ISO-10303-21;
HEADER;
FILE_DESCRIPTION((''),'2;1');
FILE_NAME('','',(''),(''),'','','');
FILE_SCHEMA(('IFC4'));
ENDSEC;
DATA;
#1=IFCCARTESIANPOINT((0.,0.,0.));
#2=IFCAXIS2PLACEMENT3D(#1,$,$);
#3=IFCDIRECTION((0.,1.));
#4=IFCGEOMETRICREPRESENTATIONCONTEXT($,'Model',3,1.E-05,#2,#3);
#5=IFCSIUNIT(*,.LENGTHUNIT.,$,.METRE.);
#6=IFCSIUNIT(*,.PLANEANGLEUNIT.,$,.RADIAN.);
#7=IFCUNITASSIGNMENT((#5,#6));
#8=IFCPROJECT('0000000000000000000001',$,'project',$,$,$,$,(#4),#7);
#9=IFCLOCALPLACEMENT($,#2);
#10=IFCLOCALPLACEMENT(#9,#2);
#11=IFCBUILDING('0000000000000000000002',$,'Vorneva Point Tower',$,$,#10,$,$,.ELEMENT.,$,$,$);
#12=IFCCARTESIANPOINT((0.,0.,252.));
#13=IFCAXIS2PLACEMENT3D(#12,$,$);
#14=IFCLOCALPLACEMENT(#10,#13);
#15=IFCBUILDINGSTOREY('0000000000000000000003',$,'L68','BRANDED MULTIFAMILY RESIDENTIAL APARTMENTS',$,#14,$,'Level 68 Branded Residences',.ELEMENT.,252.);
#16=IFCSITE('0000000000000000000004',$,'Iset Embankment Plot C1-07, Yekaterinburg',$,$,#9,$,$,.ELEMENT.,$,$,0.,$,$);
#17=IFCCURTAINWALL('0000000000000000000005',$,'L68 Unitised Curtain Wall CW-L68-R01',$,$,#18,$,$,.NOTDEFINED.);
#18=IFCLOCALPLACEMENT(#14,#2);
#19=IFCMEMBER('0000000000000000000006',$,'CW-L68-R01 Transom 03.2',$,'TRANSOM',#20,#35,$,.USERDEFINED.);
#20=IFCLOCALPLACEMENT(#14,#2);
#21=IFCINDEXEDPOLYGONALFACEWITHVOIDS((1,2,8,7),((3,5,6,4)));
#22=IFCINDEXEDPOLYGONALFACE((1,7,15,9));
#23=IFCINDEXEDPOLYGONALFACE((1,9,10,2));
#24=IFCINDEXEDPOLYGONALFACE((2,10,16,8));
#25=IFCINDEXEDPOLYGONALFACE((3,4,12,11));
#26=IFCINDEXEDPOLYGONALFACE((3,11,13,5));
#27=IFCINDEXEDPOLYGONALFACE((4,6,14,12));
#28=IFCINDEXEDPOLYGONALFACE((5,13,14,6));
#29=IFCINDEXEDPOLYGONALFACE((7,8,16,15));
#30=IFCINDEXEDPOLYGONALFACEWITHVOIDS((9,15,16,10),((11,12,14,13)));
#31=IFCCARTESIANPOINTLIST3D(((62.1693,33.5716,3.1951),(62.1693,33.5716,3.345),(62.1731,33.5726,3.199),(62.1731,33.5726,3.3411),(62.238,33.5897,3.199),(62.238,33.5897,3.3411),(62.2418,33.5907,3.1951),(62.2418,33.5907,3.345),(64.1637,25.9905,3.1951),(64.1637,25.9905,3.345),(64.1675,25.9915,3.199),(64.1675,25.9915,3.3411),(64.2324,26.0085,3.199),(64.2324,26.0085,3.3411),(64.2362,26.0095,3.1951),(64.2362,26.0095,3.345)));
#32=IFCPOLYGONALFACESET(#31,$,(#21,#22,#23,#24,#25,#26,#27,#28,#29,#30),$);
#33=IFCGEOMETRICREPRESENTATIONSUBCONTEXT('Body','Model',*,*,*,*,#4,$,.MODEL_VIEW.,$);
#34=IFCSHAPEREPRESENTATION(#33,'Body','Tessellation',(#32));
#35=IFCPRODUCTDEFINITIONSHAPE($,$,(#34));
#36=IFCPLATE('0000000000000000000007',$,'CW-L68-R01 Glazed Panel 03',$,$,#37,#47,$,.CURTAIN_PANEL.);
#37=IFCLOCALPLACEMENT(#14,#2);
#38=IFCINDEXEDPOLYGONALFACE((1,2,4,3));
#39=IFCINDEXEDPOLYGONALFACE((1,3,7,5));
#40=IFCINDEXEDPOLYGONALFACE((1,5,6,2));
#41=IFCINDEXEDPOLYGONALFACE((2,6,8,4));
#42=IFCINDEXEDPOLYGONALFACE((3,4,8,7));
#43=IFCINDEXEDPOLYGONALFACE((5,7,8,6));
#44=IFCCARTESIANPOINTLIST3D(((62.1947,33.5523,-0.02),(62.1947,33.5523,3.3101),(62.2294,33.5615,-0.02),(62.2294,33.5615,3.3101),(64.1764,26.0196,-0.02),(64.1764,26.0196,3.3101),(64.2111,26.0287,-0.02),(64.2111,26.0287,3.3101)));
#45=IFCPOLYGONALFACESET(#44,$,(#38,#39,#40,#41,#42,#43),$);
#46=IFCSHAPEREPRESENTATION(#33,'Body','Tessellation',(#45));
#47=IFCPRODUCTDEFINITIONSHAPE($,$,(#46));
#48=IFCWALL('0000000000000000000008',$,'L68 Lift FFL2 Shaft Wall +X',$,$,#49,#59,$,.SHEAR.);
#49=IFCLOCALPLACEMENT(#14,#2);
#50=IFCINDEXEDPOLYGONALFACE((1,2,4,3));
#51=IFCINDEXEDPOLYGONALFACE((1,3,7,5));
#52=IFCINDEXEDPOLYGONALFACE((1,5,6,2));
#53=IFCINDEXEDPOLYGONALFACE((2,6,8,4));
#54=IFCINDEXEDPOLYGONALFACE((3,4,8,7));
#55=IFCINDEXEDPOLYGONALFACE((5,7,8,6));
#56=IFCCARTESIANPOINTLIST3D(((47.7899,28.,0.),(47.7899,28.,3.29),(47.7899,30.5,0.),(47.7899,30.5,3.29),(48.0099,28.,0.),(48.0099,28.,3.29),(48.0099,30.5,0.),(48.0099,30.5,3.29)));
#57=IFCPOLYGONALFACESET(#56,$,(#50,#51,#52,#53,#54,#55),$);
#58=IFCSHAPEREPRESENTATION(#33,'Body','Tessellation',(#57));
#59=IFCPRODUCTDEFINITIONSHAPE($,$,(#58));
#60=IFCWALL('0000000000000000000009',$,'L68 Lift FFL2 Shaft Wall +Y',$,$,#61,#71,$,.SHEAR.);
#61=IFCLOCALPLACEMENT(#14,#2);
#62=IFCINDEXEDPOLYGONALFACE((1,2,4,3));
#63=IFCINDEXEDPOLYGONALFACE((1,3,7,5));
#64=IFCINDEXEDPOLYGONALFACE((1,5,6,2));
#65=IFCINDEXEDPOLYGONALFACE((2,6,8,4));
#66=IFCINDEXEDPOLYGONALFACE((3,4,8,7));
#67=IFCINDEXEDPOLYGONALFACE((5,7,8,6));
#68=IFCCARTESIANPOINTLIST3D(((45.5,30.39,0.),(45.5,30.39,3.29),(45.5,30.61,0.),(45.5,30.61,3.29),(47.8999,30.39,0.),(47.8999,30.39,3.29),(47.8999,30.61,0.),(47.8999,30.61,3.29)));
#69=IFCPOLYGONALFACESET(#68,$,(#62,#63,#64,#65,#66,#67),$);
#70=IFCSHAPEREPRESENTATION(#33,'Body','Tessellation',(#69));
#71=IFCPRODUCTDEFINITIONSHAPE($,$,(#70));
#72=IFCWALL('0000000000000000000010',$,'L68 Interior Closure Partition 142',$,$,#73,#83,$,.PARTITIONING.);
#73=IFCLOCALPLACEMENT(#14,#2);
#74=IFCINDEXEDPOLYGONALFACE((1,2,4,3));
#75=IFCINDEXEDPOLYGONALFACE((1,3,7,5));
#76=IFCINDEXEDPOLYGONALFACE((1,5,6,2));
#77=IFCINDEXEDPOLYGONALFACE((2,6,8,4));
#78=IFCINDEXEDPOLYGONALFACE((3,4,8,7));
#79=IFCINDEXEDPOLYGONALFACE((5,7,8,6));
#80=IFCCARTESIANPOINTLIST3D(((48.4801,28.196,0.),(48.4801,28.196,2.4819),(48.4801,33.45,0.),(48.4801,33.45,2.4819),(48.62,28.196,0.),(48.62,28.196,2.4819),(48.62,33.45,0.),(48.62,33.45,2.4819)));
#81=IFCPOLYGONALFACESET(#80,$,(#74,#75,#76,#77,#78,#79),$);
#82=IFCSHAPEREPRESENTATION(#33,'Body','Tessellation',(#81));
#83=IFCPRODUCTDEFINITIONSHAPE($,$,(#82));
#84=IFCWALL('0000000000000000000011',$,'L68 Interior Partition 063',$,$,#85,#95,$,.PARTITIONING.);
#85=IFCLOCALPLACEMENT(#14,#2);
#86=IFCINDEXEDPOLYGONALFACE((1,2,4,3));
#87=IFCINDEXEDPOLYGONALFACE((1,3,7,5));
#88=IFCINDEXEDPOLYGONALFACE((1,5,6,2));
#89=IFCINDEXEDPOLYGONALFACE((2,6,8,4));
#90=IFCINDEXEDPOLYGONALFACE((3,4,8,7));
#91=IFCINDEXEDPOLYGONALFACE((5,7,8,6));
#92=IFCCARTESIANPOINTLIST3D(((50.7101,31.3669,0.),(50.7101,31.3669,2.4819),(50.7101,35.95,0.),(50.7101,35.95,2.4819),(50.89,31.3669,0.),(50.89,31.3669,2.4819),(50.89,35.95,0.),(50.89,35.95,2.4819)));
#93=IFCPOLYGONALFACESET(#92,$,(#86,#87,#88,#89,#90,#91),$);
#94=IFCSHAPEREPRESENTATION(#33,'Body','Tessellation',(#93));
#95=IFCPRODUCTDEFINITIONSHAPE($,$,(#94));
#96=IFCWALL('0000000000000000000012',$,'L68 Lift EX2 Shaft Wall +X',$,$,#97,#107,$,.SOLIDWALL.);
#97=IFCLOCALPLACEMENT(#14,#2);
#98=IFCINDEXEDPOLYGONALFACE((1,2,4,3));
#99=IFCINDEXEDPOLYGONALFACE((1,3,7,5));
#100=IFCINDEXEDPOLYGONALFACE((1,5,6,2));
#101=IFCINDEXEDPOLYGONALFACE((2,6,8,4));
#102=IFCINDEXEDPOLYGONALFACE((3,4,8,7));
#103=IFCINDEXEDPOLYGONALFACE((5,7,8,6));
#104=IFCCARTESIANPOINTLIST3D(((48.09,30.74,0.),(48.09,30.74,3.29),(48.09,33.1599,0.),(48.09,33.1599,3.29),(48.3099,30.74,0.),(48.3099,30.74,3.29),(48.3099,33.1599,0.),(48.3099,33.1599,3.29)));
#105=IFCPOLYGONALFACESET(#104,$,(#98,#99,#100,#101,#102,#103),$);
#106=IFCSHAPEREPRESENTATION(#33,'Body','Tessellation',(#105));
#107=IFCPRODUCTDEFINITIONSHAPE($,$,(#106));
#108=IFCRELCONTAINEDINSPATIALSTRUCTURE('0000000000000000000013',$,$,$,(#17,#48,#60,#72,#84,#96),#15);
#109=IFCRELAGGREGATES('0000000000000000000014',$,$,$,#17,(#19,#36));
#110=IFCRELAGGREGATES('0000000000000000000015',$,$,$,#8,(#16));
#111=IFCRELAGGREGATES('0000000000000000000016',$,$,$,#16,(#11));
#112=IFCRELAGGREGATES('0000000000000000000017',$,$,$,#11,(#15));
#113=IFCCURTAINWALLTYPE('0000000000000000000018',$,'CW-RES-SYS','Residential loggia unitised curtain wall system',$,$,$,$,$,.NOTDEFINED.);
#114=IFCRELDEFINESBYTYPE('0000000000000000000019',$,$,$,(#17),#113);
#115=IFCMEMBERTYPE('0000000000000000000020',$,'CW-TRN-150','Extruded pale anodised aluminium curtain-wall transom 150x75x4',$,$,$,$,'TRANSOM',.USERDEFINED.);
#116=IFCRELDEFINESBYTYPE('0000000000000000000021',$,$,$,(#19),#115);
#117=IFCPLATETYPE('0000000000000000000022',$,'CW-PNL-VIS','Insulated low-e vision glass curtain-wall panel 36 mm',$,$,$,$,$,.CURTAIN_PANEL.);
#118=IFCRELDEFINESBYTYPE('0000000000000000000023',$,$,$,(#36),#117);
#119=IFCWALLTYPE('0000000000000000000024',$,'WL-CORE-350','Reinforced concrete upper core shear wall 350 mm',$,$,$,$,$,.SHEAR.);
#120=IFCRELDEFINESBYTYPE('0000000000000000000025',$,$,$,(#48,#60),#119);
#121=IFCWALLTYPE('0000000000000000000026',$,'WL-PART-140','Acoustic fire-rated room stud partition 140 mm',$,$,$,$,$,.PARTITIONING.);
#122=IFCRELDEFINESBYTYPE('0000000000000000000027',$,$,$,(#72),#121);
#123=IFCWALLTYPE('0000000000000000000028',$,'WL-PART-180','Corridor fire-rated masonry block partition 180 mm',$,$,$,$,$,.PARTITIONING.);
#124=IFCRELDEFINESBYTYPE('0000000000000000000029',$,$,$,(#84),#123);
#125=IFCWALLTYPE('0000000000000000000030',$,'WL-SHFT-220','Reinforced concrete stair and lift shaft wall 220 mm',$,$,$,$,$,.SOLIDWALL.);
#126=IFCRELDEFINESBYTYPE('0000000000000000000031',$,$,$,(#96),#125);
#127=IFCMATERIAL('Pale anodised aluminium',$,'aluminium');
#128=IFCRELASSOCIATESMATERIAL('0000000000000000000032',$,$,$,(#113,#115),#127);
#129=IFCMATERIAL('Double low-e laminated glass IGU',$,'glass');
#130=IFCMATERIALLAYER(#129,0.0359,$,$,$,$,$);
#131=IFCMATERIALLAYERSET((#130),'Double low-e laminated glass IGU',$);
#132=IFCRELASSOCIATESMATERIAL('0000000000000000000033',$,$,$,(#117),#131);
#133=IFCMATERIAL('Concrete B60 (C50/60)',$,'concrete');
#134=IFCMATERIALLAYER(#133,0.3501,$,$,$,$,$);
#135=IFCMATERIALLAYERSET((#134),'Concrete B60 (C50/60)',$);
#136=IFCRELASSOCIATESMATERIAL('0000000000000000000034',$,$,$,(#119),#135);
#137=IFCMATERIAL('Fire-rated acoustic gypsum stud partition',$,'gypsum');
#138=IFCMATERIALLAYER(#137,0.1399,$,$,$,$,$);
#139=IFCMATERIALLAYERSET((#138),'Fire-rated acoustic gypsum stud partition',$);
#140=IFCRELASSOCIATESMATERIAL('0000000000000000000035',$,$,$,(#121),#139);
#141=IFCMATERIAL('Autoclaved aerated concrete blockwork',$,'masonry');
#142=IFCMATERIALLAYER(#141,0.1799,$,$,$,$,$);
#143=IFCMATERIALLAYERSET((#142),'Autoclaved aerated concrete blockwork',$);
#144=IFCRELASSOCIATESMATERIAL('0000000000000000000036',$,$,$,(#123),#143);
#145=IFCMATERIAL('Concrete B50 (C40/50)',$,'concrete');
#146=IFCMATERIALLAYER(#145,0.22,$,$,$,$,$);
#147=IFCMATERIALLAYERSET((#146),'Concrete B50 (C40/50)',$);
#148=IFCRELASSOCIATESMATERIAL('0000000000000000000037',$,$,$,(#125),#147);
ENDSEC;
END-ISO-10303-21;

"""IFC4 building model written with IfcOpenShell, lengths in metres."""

from ifc_helpers import new_model, si_unit, direction, frame, frame_2d, origin, origin_2d, place, context, subcontext, project, spatial, rectangle, hollow_rectangle, extrude, material, layer, layer_set, material_profile, profile_set, type_object, element, aggregate, save


model = new_model("IFC4")

# Units and contexts
model_context = context("Model", 3, precision=1e-05, world=origin(), true_north=direction((0.0, 1.0)))
body_context = subcontext(model_context, "Body", "Model", "MODEL_VIEW")
ifc_project = project(units=[si_unit("LENGTHUNIT", "METRE"), si_unit("PLANEANGLEUNIT", "RADIAN")], contexts=[model_context])

# Site, building, storey
site_placement = place(None, origin())
site = spatial("IfcSite", under=ifc_project, at=site_placement, Name="Iset Embankment Plot C1-07, Yekaterinburg", CompositionType="ELEMENT", RefElevation=0.0)
building_placement = place(site_placement, origin())
building = spatial("IfcBuilding", under=site, at=building_placement, Name="Vorneva Point Tower", CompositionType="ELEMENT")
storey_placement = place(building_placement, frame((0.0, 0.0, 252.0)))
storey = spatial("IfcBuildingStorey", under=building, at=storey_placement, Name="L68", Description="BRANDED MULTIFAMILY RESIDENTIAL APARTMENTS", LongName="Level 68 Branded Residences", CompositionType="ELEMENT", Elevation=252.0)

# Shared definitions
ifc_material_1 = material(Name="Concrete B50 (C40/50)", Category="concrete")

# Curtain wall, member, plate
ifc_material_2 = material(Name="Pale anodised aluminium", Category="aluminium")
curtain_wall_type = type_object("IfcCurtainWallType", Name="CW-RES-SYS", Description="Residential loggia unitised curtain wall system", PredefinedType="NOTDEFINED", material=ifc_material_2)
curtain_wall_placement = place(storey_placement, origin())
curtain_wall = element("IfcCurtainWall", 1, at=curtain_wall_placement, inside=storey, type_object=curtain_wall_type, Name="L68 Unitised Curtain Wall CW-L68-R01", PredefinedType="NOTDEFINED")
ifc_material_profile_1 = material_profile(ifc_material_2, hollow_rectangle(XDim=0.075, YDim=0.1499, WallThickness=0.0039, at=origin_2d()), Name="AL-TRN 150x75x4")
ifc_profile_set_1 = profile_set([ifc_material_profile_1], Name="Pale anodised aluminium")
member_type_1 = type_object("IfcMemberType", Name="CW-TRN-150", Description="Extruded pale anodised aluminium curtain-wall transom 150x75x4", ElementType="TRANSOM", PredefinedType="USERDEFINED", material=ifc_profile_set_1)
member_1_placement = place(storey_placement, frame((64.2, 26.0, 3.27), z_axis=(-0.254418, 0.967094, 0.0), x_axis=(-0.967094, -0.254418, 0.0)))
member_1 = element("IfcMember", 2, at=member_1_placement, type_object=member_type_1, Name="CW-L68-R01 Transom 03.2", ObjectType="TRANSOM", PredefinedType="USERDEFINED", context=body_context, shape_type="SweptSolid", body=[
    extrude(hollow_rectangle(XDim=0.075, YDim=0.1499, WallThickness=0.0039, at=origin_2d()), origin(), (0.0, 0.0, 1.0), 7.8391),
])
ifc_material_3 = material(Name="Double low-e laminated glass IGU", Category="glass")
ifc_layer_1 = layer(ifc_material_3, 0.0359)
ifc_layer_set_1 = layer_set([ifc_layer_1], Name="Double low-e laminated glass IGU")
plate_type = type_object("IfcPlateType", Name="CW-PNL-VIS", Description="Insulated low-e vision glass curtain-wall panel 36 mm", PredefinedType="CURTAIN_PANEL", material=ifc_layer_set_1)
plate_placement = place(storey_placement, frame((63.2029, 29.7905, -0.02), z_axis=(0.0, 0.0, 1.0), x_axis=(-0.254416, 0.967095, 0.0)))
plate = element("IfcPlate", 3, at=plate_placement, type_object=plate_type, Name="CW-L68-R01 Glazed Panel 03", PredefinedType="CURTAIN_PANEL", context=body_context, shape_type="SweptSolid", body=[
    extrude(rectangle(XDim=7.7891, YDim=0.0359, at=origin_2d()), origin(), (0.0, 0.0, 1.0), 3.3301),
])
aggregate(curtain_wall, [member_1, plate])

# Walls
ifc_material_4 = material(Name="Concrete B60 (C50/60)", Category="concrete")
ifc_layer_2 = layer(ifc_material_4, 0.3501)
ifc_layer_set_2 = layer_set([ifc_layer_2], Name="Concrete B60 (C50/60)")
wall_type_1 = type_object("IfcWallType", Name="WL-CORE-350", Description="Reinforced concrete upper core shear wall 350 mm", PredefinedType="SHEAR", material=ifc_layer_set_2)
wall_1_placement = place(storey_placement, frame((47.8999, 28.0, 0.0), z_axis=(0.0, 0.0, 1.0), x_axis=(0.0, 1.0, 0.0)))
element("IfcWall", 4, at=wall_1_placement, inside=storey, type_object=wall_type_1, Name="L68 Lift FFL2 Shaft Wall +X", PredefinedType="SHEAR", context=body_context, shape_type="SweptSolid", body=[
    extrude(rectangle(XDim=2.5, YDim=0.22, at=frame_2d((1.25, 0.0))), origin(), (0.0, 0.0, 1.0), 3.29),
])
wall_2_placement = place(storey_placement, frame((47.8999, 30.5, 0.0), z_axis=(0.0, 0.0, 1.0), x_axis=(-1.0, 0.0, 0.0)))
element("IfcWall", 5, at=wall_2_placement, inside=storey, type_object=wall_type_1, Name="L68 Lift FFL2 Shaft Wall +Y", PredefinedType="SHEAR", context=body_context, shape_type="SweptSolid", body=[
    extrude(rectangle(XDim=2.3999, YDim=0.22, at=frame_2d((1.2, 0.0))), origin(), (0.0, 0.0, 1.0), 3.29),
])
ifc_material_5 = material(Name="Fire-rated acoustic gypsum stud partition", Category="gypsum")
ifc_layer_3 = layer(ifc_material_5, 0.1399)
ifc_layer_set_3 = layer_set([ifc_layer_3], Name="Fire-rated acoustic gypsum stud partition")
wall_type_2 = type_object("IfcWallType", Name="WL-PART-140", Description="Acoustic fire-rated room stud partition 140 mm", PredefinedType="PARTITIONING", material=ifc_layer_set_3)
wall_3_placement = place(storey_placement, frame((48.55, 28.196, 0.0), z_axis=(0.0, 0.0, 1.0), x_axis=(0.0, 1.0, 0.0)))
element("IfcWall", 6, at=wall_3_placement, inside=storey, type_object=wall_type_2, Name="L68 Interior Closure Partition 142", PredefinedType="PARTITIONING", context=body_context, shape_type="SweptSolid", body=[
    extrude(rectangle(XDim=5.2539, YDim=0.1399, at=frame_2d((2.627, 0.0))), origin(), (0.0, 0.0, 1.0), 2.4819),
])

# Shared definitions
ifc_material_6 = material(Name="Autoclaved aerated concrete blockwork", Category="masonry")
ifc_layer_4 = layer(ifc_material_6, 0.1799)
ifc_layer_set_4 = layer_set([ifc_layer_4], Name="Autoclaved aerated concrete blockwork")
wall_type_3 = type_object("IfcWallType", Name="WL-PART-180", Description="Corridor fire-rated masonry block partition 180 mm", PredefinedType="PARTITIONING", material=ifc_layer_set_4)

# Walls
wall_4_placement = place(storey_placement, frame((50.8, 31.3669, 0.0), z_axis=(0.0, 0.0, 1.0), x_axis=(0.0, 1.0, 0.0)))
element("IfcWall", 7, at=wall_4_placement, inside=storey, type_object=wall_type_3, Name="L68 Interior Partition 063", PredefinedType="PARTITIONING", context=body_context, shape_type="SweptSolid", body=[
    extrude(rectangle(XDim=4.583, YDim=0.1799, at=frame_2d((2.2915, 0.0))), origin(), (0.0, 0.0, 1.0), 2.4819),
])
ifc_layer_5 = layer(ifc_material_1, 0.22)
ifc_layer_set_5 = layer_set([ifc_layer_5], Name="Concrete B50 (C40/50)")
wall_type_4 = type_object("IfcWallType", Name="WL-SHFT-220", Description="Reinforced concrete stair and lift shaft wall 220 mm", PredefinedType="SOLIDWALL", material=ifc_layer_set_5)
wall_5_placement = place(storey_placement, frame((48.2, 30.74, 0.0), z_axis=(0.0, 0.0, 1.0), x_axis=(0.0, 1.0, 0.0)))
element("IfcWall", 8, at=wall_5_placement, inside=storey, type_object=wall_type_4, Name="L68 Lift EX2 Shaft Wall +X", PredefinedType="SOLIDWALL", context=body_context, shape_type="SweptSolid", body=[
    extrude(rectangle(XDim=2.4199, YDim=0.22, at=frame_2d((1.21, 0.0))), origin(), (0.0, 0.0, 1.0), 3.29),
])

save(model, "model.ifc")
